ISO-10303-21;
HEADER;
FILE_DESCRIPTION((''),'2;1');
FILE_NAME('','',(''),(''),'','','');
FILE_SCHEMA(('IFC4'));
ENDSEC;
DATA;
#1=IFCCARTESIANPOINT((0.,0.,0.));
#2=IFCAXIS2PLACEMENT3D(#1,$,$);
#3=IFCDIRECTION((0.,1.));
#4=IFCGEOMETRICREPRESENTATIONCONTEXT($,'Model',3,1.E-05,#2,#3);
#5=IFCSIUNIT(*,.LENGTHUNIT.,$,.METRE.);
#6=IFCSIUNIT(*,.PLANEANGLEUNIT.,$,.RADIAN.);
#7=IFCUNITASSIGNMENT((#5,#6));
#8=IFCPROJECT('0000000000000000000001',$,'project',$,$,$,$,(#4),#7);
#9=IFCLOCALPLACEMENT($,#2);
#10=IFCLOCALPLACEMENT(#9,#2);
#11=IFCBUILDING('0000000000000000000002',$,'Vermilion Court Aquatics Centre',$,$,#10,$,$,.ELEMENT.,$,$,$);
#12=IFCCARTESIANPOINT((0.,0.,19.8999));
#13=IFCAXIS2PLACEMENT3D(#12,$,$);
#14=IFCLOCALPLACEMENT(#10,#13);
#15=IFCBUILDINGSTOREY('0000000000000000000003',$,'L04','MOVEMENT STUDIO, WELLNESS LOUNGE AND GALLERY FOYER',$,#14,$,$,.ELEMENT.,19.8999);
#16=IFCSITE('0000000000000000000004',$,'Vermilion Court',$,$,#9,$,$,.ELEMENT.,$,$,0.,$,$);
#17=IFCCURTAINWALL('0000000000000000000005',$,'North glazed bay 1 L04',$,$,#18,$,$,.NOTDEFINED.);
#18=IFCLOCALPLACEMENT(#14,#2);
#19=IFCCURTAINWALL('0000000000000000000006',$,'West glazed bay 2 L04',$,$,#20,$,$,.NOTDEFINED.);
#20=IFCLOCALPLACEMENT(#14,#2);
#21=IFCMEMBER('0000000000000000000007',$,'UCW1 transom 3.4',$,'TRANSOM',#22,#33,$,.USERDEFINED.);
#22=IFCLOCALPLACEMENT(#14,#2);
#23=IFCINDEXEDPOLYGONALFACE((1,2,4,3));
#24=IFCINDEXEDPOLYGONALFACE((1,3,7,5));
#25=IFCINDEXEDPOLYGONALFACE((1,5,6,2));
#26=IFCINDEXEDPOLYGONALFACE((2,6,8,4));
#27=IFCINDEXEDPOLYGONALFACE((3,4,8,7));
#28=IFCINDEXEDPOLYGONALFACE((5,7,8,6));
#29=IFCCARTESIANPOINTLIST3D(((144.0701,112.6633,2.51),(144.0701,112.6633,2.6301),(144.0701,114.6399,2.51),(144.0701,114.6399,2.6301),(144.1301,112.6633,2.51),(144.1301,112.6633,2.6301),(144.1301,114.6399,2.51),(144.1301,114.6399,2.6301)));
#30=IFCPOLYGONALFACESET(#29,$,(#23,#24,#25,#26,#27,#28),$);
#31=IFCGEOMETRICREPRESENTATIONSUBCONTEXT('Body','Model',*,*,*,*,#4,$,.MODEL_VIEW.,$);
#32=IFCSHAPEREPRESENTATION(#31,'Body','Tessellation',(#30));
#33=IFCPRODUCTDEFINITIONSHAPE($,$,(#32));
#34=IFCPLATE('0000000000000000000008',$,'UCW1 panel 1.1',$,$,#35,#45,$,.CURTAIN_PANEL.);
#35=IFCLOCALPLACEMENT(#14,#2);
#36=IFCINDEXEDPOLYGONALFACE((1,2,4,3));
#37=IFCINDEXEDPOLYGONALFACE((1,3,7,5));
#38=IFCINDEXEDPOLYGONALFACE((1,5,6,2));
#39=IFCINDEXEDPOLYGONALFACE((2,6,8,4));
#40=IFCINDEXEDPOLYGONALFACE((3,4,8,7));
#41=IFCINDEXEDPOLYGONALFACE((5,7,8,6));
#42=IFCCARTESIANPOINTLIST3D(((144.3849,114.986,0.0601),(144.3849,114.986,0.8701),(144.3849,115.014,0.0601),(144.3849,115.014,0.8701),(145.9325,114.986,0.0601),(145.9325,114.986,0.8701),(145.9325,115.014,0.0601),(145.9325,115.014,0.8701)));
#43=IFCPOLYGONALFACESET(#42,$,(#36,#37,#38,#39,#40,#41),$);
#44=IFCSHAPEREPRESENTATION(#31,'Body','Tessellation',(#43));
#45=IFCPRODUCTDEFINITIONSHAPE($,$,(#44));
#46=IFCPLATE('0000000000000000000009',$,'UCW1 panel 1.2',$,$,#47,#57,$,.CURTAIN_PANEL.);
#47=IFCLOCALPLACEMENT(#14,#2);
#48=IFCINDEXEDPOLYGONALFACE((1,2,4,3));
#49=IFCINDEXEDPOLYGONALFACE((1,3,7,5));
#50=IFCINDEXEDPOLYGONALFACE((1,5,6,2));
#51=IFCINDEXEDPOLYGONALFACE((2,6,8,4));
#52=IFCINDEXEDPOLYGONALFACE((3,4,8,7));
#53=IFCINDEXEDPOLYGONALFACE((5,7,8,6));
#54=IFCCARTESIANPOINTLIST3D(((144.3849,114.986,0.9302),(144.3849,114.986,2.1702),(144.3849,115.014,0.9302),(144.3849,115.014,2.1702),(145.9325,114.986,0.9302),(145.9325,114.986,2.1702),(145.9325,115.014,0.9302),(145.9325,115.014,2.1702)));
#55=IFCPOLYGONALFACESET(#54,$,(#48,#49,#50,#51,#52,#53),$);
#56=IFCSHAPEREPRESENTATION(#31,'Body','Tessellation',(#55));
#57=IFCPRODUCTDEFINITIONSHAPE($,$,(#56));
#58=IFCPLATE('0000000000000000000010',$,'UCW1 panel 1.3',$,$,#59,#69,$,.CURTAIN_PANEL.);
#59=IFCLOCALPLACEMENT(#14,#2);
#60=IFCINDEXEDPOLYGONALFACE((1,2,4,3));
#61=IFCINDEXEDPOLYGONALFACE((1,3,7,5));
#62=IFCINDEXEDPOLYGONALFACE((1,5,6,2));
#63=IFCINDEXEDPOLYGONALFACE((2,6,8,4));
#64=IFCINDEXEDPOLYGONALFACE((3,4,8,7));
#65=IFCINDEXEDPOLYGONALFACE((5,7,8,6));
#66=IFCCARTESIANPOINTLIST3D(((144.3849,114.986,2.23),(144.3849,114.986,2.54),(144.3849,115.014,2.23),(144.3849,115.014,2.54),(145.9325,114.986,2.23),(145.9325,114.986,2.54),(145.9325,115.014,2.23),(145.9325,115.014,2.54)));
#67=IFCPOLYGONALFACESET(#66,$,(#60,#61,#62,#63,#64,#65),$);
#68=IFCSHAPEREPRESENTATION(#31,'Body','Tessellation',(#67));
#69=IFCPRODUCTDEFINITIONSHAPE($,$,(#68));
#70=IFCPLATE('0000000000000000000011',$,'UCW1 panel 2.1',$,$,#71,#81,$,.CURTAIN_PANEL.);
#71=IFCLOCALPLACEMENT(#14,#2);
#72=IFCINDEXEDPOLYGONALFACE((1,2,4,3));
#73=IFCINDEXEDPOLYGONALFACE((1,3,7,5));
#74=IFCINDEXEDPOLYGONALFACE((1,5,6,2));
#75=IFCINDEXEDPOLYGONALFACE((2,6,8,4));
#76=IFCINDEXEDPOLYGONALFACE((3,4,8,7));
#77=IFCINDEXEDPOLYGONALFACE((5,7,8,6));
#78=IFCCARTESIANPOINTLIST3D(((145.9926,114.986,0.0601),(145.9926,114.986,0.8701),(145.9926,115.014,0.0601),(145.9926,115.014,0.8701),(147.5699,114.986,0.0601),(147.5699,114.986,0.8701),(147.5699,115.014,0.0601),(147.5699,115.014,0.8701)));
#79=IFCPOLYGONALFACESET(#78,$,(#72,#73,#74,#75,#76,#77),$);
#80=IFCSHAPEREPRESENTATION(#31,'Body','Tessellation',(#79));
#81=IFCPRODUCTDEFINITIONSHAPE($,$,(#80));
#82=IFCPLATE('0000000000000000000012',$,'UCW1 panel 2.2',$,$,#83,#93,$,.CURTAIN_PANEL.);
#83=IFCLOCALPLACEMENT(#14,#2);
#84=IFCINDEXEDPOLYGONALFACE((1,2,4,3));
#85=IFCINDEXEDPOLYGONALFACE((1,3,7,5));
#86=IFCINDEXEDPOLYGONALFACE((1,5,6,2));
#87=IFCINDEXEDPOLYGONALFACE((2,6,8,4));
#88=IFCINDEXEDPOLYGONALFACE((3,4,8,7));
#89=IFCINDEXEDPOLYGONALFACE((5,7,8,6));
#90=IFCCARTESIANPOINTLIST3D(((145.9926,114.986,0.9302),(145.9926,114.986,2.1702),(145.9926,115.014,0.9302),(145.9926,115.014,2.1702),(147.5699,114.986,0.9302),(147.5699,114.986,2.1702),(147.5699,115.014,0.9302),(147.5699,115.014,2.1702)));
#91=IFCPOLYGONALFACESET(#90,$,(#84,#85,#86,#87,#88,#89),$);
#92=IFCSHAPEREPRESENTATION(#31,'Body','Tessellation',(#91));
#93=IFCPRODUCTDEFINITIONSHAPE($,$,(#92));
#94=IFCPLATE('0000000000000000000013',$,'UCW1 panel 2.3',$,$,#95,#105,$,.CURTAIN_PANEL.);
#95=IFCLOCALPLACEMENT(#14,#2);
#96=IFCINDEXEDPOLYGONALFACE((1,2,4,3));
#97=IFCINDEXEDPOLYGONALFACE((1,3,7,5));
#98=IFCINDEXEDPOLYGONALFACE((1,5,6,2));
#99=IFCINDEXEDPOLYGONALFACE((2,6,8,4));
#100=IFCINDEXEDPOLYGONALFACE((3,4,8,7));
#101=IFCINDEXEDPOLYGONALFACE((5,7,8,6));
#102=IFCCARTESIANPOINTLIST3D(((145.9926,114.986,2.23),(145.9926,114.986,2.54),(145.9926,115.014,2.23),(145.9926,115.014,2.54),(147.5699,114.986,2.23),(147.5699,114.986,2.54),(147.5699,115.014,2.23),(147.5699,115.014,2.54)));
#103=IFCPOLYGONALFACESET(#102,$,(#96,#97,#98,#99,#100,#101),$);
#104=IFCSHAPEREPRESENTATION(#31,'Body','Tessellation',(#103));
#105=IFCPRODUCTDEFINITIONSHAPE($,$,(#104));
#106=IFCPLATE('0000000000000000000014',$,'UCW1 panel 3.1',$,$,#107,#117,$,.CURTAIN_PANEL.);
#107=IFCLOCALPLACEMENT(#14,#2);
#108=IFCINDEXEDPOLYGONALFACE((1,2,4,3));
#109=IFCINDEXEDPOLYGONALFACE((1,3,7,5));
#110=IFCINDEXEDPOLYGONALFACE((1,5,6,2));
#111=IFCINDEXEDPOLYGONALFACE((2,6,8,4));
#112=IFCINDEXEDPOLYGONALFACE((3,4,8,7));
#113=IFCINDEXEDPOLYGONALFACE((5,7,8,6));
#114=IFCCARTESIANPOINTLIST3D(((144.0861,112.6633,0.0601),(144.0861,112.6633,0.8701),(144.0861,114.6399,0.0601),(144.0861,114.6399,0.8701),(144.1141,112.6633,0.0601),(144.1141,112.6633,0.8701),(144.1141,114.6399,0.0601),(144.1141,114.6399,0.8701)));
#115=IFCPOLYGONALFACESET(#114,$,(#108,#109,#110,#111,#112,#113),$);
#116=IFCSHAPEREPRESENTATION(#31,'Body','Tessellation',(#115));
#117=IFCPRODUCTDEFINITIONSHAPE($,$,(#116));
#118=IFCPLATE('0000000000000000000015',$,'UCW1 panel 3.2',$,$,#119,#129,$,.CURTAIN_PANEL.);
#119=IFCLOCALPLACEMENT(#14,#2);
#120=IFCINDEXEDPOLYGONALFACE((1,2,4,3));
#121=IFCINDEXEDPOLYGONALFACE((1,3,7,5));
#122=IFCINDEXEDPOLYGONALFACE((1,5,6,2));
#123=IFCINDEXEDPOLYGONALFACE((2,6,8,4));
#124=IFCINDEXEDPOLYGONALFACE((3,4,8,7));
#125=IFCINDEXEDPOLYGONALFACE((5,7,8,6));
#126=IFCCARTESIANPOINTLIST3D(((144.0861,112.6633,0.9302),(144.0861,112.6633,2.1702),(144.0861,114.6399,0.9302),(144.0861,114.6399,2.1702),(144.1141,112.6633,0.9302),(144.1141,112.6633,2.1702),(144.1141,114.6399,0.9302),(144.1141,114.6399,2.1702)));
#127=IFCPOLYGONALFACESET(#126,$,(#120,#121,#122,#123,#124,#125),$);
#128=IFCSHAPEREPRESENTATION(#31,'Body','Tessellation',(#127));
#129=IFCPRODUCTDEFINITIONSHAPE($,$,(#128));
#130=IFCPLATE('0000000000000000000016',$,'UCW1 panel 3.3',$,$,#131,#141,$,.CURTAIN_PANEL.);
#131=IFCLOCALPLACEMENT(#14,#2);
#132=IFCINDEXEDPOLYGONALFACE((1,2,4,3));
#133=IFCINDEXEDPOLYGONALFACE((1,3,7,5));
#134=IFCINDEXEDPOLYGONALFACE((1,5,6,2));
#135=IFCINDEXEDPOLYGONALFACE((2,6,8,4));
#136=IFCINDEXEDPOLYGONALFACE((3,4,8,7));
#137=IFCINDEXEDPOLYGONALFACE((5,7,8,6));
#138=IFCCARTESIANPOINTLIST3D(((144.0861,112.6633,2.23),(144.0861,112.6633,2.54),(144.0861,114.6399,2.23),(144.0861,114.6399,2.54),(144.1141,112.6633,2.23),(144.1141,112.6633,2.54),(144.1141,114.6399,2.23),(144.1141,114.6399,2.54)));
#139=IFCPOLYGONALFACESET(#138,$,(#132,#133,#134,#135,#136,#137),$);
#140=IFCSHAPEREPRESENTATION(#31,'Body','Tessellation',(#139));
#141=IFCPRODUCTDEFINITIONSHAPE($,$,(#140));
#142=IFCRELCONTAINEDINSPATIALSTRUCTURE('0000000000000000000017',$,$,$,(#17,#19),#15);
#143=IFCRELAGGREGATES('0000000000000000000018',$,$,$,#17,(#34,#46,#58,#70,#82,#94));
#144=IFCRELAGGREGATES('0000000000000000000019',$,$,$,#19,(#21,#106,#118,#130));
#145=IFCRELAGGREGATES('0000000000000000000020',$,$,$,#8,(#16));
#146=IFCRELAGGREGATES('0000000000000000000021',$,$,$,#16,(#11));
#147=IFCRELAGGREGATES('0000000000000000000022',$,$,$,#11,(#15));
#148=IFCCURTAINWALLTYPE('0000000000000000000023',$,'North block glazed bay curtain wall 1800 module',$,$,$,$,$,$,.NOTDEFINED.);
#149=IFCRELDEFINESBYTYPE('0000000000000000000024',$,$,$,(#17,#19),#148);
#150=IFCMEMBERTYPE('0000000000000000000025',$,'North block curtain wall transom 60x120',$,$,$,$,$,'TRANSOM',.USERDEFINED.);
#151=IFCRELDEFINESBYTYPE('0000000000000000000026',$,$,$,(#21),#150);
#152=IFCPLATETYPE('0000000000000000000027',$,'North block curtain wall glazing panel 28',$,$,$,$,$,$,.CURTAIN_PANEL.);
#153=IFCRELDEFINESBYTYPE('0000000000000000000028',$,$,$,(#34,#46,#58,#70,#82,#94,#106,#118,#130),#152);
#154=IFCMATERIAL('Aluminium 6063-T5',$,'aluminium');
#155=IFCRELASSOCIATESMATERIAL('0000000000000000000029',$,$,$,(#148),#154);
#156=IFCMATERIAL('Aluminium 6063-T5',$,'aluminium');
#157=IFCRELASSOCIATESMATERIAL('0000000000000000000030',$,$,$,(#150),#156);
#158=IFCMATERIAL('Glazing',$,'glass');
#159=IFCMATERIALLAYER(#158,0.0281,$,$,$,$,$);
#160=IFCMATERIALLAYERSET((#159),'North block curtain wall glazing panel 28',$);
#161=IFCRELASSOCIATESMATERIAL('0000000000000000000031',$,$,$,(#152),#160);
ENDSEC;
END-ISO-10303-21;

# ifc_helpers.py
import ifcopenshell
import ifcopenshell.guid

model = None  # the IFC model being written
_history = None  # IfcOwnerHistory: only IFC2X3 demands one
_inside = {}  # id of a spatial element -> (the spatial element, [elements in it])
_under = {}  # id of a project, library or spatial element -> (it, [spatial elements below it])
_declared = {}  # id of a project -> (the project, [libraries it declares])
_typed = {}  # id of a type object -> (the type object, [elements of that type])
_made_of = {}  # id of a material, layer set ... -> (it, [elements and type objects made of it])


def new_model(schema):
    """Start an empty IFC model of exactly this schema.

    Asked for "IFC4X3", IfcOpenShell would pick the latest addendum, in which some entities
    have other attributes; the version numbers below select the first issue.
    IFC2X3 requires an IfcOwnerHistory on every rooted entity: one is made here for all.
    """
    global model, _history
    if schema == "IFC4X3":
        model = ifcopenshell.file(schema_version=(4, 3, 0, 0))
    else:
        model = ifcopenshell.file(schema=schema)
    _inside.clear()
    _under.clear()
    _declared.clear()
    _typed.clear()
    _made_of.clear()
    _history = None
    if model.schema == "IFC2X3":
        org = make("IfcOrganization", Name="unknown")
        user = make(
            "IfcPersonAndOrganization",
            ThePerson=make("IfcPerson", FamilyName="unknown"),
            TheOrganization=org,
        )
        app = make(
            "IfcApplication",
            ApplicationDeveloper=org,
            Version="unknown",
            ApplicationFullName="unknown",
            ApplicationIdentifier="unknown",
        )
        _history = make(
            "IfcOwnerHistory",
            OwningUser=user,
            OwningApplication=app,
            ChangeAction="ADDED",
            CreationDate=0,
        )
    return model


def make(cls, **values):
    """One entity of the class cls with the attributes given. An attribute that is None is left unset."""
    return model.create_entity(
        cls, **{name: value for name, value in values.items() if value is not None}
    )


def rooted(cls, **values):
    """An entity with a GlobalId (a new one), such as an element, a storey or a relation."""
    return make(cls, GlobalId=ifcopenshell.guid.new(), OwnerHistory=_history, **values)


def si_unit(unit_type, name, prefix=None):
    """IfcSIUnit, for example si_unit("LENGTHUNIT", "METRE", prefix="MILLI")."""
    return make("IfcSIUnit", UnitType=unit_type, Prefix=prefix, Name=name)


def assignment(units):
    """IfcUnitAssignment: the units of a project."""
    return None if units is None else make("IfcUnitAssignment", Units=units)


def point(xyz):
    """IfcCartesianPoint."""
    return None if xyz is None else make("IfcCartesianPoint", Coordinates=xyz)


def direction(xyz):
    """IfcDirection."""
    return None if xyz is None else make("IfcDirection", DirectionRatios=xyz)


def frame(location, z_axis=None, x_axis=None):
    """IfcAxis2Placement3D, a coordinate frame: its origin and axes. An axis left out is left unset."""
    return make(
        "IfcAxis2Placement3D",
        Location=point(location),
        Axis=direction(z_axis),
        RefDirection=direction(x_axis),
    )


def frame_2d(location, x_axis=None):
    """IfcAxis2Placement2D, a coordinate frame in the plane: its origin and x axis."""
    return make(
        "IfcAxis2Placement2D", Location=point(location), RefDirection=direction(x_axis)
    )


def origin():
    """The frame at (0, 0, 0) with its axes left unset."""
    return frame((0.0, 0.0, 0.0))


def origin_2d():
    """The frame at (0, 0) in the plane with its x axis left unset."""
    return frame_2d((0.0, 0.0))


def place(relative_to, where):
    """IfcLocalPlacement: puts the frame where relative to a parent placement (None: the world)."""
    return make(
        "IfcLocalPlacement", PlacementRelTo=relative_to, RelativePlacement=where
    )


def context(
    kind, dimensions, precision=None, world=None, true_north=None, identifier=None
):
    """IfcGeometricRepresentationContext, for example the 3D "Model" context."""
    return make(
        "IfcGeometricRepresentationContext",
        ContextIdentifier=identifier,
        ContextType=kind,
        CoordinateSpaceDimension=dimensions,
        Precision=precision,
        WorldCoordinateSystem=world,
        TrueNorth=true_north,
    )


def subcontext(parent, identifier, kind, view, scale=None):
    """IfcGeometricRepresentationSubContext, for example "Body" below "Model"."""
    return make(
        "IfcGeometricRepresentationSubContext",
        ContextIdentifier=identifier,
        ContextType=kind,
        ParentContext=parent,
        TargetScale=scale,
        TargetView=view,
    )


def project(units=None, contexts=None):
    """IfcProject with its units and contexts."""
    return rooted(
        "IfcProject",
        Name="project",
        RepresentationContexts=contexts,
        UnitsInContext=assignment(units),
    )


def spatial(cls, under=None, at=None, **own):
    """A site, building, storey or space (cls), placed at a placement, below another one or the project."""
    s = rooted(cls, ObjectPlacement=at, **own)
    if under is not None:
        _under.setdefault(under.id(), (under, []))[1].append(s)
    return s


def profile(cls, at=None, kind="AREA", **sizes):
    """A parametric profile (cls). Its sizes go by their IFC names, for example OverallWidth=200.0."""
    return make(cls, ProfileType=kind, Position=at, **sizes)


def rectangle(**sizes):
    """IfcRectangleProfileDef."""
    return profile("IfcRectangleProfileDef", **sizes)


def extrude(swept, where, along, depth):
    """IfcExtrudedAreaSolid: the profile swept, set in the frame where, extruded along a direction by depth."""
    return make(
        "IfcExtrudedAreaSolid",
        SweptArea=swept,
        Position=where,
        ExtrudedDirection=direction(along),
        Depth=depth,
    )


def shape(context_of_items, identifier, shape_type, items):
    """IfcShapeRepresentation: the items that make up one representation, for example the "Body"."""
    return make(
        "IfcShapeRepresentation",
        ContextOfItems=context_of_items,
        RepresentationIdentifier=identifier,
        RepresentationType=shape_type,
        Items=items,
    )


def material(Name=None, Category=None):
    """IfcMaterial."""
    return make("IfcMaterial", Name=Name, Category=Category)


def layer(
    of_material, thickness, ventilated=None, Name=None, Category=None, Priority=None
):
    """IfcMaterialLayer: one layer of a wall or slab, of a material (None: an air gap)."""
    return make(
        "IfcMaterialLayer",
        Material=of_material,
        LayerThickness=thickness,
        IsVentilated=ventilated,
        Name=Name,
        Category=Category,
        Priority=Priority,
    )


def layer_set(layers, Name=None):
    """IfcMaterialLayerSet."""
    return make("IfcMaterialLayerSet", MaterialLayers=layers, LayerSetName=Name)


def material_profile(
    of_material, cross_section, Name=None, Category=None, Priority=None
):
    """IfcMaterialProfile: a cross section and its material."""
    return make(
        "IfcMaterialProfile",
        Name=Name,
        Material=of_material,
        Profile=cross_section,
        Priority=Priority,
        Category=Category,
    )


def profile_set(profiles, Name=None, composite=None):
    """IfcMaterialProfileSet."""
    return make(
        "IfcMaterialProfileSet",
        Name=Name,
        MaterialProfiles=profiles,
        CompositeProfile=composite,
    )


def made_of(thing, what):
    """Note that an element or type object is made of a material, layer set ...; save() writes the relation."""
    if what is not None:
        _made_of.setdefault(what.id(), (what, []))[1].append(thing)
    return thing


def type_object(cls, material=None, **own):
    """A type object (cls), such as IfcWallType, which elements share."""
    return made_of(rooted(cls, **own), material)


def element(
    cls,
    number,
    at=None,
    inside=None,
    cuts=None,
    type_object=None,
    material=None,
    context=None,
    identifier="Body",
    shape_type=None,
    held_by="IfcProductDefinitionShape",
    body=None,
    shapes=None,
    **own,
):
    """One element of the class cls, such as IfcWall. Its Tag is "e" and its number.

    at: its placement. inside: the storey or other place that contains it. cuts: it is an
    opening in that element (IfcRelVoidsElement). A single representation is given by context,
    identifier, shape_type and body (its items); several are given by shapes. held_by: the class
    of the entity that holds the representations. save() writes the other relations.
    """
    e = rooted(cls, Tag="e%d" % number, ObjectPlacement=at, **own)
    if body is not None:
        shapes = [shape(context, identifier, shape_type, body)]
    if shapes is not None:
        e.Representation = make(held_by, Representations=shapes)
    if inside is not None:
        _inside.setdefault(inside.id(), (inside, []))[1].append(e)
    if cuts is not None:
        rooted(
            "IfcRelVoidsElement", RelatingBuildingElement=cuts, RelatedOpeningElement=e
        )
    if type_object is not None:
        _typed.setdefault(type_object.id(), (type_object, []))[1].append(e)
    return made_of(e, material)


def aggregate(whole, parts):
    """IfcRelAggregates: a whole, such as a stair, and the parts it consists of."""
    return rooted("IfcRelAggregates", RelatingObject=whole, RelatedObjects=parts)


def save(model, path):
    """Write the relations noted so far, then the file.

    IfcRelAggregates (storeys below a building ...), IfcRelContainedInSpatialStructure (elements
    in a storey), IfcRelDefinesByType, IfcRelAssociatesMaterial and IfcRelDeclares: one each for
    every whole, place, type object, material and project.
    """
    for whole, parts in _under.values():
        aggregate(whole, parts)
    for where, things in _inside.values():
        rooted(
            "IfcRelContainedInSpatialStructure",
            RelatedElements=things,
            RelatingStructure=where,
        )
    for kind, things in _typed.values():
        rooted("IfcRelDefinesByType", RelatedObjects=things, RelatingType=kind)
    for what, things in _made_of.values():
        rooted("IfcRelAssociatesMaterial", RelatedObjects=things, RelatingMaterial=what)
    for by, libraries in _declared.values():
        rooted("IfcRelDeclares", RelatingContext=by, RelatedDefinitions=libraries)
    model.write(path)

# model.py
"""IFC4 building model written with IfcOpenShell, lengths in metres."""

from ifc_helpers import new_model, si_unit, direction, frame, origin, origin_2d, place, context, subcontext, project, spatial, rectangle, extrude, material, layer, layer_set, material_profile, profile_set, type_object, element, aggregate, save


model = new_model("IFC4")

# Units and contexts
model_context = context("Model", 3, precision=1e-05, world=origin(), true_north=direction((0.0, 1.0)))
body_context = subcontext(model_context, "Body", "Model", "MODEL_VIEW")
ifc_project = project(units=[si_unit("LENGTHUNIT", "METRE"), si_unit("PLANEANGLEUNIT", "RADIAN")], contexts=[model_context])

# Site, building, storey
site_placement = place(None, origin())
site = spatial("IfcSite", under=ifc_project, at=site_placement, Name="Vermilion Court", CompositionType="ELEMENT", RefElevation=0.0)
building_placement = place(site_placement, origin())
building = spatial("IfcBuilding", under=site, at=building_placement, Name="Vermilion Court Aquatics Centre", CompositionType="ELEMENT")
storey_placement = place(building_placement, frame((0.0, 0.0, 19.8999)))
storey = spatial("IfcBuildingStorey", under=building, at=storey_placement, Name="L04", Description="MOVEMENT STUDIO, WELLNESS LOUNGE AND GALLERY FOYER", CompositionType="ELEMENT", Elevation=19.8999)

# Curtain wall
ifc_material_1 = material(Name="Aluminium 6063-T5", Category="aluminium")
curtain_wall_type = type_object("IfcCurtainWallType", Name="North block glazed bay curtain wall 1800 module", PredefinedType="NOTDEFINED", material=ifc_material_1)
curtain_wall_1_placement = place(storey_placement, origin())
curtain_wall_1 = element("IfcCurtainWall", 1, at=curtain_wall_1_placement, inside=storey, type_object=curtain_wall_type, Name="North glazed bay 1 L04", PredefinedType="NOTDEFINED")

# Curtain wall
curtain_wall_2_placement = place(storey_placement, origin())
curtain_wall_2 = element("IfcCurtainWall", 2, at=curtain_wall_2_placement, inside=storey, type_object=curtain_wall_type, Name="West glazed bay 2 L04", PredefinedType="NOTDEFINED")

# Member
ifc_material_2 = material(Name="Aluminium 6063-T5", Category="aluminium")
ifc_material_profile_1 = material_profile(ifc_material_2, rectangle(XDim=0.0601, YDim=0.1201, at=origin_2d()), Name="AL 60x120")
ifc_profile_set_1 = profile_set([ifc_material_profile_1], Name="Aluminium 6063-T5")
member_type_1 = type_object("IfcMemberType", Name="North block curtain wall transom 60x120", ElementType="TRANSOM", PredefinedType="USERDEFINED", material=ifc_profile_set_1)
member_1_placement = place(storey_placement, frame((144.1001, 112.6633, 2.5701), z_axis=(0.0, 1.0, 0.0), x_axis=(-1.0, 0.0, 0.0)))
member_1 = element("IfcMember", 3, at=member_1_placement, type_object=member_type_1, Name="UCW1 transom 3.4", ObjectType="TRANSOM", PredefinedType="USERDEFINED", context=body_context, shape_type="SweptSolid", body=[
    extrude(rectangle(XDim=0.0601, YDim=0.1201, at=origin_2d()), origin(), (0.0, 0.0, 1.0), 1.9766),
])

# Plates
ifc_material_3 = material(Name="Glazing", Category="glass")
ifc_layer = layer(ifc_material_3, 0.0281)
ifc_layer_set = layer_set([ifc_layer], Name="North block curtain wall glazing panel 28")
plate_type = type_object("IfcPlateType", Name="North block curtain wall glazing panel 28", PredefinedType="CURTAIN_PANEL", material=ifc_layer_set)
plate_1_placement = place(storey_placement, frame((145.1587, 115.0, 0.0601), z_axis=(0.0, 0.0, 1.0), x_axis=(1.0, 0.0, 0.0)))
plate_1 = element("IfcPlate", 4, at=plate_1_placement, type_object=plate_type, Name="UCW1 panel 1.1", PredefinedType="CURTAIN_PANEL", context=body_context, shape_type="SweptSolid", body=[
    extrude(rectangle(XDim=1.5476, YDim=0.0281, at=origin_2d()), origin(), (0.0, 0.0, 1.0), 0.8101),
])
plate_2_placement = place(storey_placement, frame((145.1587, 115.0, 0.9302), z_axis=(0.0, 0.0, 1.0), x_axis=(1.0, 0.0, 0.0)))
plate_2 = element("IfcPlate", 5, at=plate_2_placement, type_object=plate_type, Name="UCW1 panel 1.2", PredefinedType="CURTAIN_PANEL", context=body_context, shape_type="SweptSolid", body=[
    extrude(rectangle(XDim=1.5476, YDim=0.0281, at=origin_2d()), origin(), (0.0, 0.0, 1.0), 1.24),
])
plate_3_placement = place(storey_placement, frame((145.1587, 115.0, 2.23), z_axis=(0.0, 0.0, 1.0), x_axis=(1.0, 0.0, 0.0)))
plate_3 = element("IfcPlate", 6, at=plate_3_placement, type_object=plate_type, Name="UCW1 panel 1.3", PredefinedType="CURTAIN_PANEL", context=body_context, shape_type="SweptSolid", body=[
    extrude(rectangle(XDim=1.5476, YDim=0.0281, at=origin_2d()), origin(), (0.0, 0.0, 1.0), 0.3101),
])
plate_4_placement = place(storey_placement, frame((146.7812, 115.0, 0.0601), z_axis=(0.0, 0.0, 1.0), x_axis=(1.0, 0.0, 0.0)))
plate_4 = element("IfcPlate", 7, at=plate_4_placement, type_object=plate_type, Name="UCW1 panel 2.1", PredefinedType="CURTAIN_PANEL", context=body_context, shape_type="SweptSolid", body=[
    extrude(rectangle(XDim=1.5774, YDim=0.0281, at=origin_2d()), origin(), (0.0, 0.0, 1.0), 0.8101),
])
plate_5_placement = place(storey_placement, frame((146.7812, 115.0, 0.9302), z_axis=(0.0, 0.0, 1.0), x_axis=(1.0, 0.0, 0.0)))
plate_5 = element("IfcPlate", 8, at=plate_5_placement, type_object=plate_type, Name="UCW1 panel 2.2", PredefinedType="CURTAIN_PANEL", context=body_context, shape_type="SweptSolid", body=[
    extrude(rectangle(XDim=1.5774, YDim=0.0281, at=origin_2d()), origin(), (0.0, 0.0, 1.0), 1.24),
])
plate_6_placement = place(storey_placement, frame((146.7812, 115.0, 2.23), z_axis=(0.0, 0.0, 1.0), x_axis=(1.0, 0.0, 0.0)))
plate_6 = element("IfcPlate", 9, at=plate_6_placement, type_object=plate_type, Name="UCW1 panel 2.3", PredefinedType="CURTAIN_PANEL", context=body_context, shape_type="SweptSolid", body=[
    extrude(rectangle(XDim=1.5774, YDim=0.0281, at=origin_2d()), origin(), (0.0, 0.0, 1.0), 0.3101),
])
aggregate(curtain_wall_1, [plate_1, plate_2, plate_3, plate_4, plate_5, plate_6])
plate_7_placement = place(storey_placement, frame((144.1001, 113.6516, 0.0601), z_axis=(0.0, 0.0, 1.0), x_axis=(0.0, 1.0, 0.0)))
plate_7 = element("IfcPlate", 10, at=plate_7_placement, type_object=plate_type, Name="UCW1 panel 3.1", PredefinedType="CURTAIN_PANEL", context=body_context, shape_type="SweptSolid", body=[
    extrude(rectangle(XDim=1.9766, YDim=0.0281, at=origin_2d()), origin(), (0.0, 0.0, 1.0), 0.8101),
])
plate_8_placement = place(storey_placement, frame((144.1001, 113.6516, 0.9302), z_axis=(0.0, 0.0, 1.0), x_axis=(0.0, 1.0, 0.0)))
plate_8 = element("IfcPlate", 11, at=plate_8_placement, type_object=plate_type, Name="UCW1 panel 3.2", PredefinedType="CURTAIN_PANEL", context=body_context, shape_type="SweptSolid", body=[
    extrude(rectangle(XDim=1.9766, YDim=0.0281, at=origin_2d()), origin(), (0.0, 0.0, 1.0), 1.24),
])
plate_9_placement = place(storey_placement, frame((144.1001, 113.6516, 2.23), z_axis=(0.0, 0.0, 1.0), x_axis=(0.0, 1.0, 0.0)))
plate_9 = element("IfcPlate", 12, at=plate_9_placement, type_object=plate_type, Name="UCW1 panel 3.3", PredefinedType="CURTAIN_PANEL", context=body_context, shape_type="SweptSolid", body=[
    extrude(rectangle(XDim=1.9766, YDim=0.0281, at=origin_2d()), origin(), (0.0, 0.0, 1.0), 0.3101),
])
aggregate(curtain_wall_2, [member_1, plate_7, plate_8, plate_9])

save(model, "model.ifc")
